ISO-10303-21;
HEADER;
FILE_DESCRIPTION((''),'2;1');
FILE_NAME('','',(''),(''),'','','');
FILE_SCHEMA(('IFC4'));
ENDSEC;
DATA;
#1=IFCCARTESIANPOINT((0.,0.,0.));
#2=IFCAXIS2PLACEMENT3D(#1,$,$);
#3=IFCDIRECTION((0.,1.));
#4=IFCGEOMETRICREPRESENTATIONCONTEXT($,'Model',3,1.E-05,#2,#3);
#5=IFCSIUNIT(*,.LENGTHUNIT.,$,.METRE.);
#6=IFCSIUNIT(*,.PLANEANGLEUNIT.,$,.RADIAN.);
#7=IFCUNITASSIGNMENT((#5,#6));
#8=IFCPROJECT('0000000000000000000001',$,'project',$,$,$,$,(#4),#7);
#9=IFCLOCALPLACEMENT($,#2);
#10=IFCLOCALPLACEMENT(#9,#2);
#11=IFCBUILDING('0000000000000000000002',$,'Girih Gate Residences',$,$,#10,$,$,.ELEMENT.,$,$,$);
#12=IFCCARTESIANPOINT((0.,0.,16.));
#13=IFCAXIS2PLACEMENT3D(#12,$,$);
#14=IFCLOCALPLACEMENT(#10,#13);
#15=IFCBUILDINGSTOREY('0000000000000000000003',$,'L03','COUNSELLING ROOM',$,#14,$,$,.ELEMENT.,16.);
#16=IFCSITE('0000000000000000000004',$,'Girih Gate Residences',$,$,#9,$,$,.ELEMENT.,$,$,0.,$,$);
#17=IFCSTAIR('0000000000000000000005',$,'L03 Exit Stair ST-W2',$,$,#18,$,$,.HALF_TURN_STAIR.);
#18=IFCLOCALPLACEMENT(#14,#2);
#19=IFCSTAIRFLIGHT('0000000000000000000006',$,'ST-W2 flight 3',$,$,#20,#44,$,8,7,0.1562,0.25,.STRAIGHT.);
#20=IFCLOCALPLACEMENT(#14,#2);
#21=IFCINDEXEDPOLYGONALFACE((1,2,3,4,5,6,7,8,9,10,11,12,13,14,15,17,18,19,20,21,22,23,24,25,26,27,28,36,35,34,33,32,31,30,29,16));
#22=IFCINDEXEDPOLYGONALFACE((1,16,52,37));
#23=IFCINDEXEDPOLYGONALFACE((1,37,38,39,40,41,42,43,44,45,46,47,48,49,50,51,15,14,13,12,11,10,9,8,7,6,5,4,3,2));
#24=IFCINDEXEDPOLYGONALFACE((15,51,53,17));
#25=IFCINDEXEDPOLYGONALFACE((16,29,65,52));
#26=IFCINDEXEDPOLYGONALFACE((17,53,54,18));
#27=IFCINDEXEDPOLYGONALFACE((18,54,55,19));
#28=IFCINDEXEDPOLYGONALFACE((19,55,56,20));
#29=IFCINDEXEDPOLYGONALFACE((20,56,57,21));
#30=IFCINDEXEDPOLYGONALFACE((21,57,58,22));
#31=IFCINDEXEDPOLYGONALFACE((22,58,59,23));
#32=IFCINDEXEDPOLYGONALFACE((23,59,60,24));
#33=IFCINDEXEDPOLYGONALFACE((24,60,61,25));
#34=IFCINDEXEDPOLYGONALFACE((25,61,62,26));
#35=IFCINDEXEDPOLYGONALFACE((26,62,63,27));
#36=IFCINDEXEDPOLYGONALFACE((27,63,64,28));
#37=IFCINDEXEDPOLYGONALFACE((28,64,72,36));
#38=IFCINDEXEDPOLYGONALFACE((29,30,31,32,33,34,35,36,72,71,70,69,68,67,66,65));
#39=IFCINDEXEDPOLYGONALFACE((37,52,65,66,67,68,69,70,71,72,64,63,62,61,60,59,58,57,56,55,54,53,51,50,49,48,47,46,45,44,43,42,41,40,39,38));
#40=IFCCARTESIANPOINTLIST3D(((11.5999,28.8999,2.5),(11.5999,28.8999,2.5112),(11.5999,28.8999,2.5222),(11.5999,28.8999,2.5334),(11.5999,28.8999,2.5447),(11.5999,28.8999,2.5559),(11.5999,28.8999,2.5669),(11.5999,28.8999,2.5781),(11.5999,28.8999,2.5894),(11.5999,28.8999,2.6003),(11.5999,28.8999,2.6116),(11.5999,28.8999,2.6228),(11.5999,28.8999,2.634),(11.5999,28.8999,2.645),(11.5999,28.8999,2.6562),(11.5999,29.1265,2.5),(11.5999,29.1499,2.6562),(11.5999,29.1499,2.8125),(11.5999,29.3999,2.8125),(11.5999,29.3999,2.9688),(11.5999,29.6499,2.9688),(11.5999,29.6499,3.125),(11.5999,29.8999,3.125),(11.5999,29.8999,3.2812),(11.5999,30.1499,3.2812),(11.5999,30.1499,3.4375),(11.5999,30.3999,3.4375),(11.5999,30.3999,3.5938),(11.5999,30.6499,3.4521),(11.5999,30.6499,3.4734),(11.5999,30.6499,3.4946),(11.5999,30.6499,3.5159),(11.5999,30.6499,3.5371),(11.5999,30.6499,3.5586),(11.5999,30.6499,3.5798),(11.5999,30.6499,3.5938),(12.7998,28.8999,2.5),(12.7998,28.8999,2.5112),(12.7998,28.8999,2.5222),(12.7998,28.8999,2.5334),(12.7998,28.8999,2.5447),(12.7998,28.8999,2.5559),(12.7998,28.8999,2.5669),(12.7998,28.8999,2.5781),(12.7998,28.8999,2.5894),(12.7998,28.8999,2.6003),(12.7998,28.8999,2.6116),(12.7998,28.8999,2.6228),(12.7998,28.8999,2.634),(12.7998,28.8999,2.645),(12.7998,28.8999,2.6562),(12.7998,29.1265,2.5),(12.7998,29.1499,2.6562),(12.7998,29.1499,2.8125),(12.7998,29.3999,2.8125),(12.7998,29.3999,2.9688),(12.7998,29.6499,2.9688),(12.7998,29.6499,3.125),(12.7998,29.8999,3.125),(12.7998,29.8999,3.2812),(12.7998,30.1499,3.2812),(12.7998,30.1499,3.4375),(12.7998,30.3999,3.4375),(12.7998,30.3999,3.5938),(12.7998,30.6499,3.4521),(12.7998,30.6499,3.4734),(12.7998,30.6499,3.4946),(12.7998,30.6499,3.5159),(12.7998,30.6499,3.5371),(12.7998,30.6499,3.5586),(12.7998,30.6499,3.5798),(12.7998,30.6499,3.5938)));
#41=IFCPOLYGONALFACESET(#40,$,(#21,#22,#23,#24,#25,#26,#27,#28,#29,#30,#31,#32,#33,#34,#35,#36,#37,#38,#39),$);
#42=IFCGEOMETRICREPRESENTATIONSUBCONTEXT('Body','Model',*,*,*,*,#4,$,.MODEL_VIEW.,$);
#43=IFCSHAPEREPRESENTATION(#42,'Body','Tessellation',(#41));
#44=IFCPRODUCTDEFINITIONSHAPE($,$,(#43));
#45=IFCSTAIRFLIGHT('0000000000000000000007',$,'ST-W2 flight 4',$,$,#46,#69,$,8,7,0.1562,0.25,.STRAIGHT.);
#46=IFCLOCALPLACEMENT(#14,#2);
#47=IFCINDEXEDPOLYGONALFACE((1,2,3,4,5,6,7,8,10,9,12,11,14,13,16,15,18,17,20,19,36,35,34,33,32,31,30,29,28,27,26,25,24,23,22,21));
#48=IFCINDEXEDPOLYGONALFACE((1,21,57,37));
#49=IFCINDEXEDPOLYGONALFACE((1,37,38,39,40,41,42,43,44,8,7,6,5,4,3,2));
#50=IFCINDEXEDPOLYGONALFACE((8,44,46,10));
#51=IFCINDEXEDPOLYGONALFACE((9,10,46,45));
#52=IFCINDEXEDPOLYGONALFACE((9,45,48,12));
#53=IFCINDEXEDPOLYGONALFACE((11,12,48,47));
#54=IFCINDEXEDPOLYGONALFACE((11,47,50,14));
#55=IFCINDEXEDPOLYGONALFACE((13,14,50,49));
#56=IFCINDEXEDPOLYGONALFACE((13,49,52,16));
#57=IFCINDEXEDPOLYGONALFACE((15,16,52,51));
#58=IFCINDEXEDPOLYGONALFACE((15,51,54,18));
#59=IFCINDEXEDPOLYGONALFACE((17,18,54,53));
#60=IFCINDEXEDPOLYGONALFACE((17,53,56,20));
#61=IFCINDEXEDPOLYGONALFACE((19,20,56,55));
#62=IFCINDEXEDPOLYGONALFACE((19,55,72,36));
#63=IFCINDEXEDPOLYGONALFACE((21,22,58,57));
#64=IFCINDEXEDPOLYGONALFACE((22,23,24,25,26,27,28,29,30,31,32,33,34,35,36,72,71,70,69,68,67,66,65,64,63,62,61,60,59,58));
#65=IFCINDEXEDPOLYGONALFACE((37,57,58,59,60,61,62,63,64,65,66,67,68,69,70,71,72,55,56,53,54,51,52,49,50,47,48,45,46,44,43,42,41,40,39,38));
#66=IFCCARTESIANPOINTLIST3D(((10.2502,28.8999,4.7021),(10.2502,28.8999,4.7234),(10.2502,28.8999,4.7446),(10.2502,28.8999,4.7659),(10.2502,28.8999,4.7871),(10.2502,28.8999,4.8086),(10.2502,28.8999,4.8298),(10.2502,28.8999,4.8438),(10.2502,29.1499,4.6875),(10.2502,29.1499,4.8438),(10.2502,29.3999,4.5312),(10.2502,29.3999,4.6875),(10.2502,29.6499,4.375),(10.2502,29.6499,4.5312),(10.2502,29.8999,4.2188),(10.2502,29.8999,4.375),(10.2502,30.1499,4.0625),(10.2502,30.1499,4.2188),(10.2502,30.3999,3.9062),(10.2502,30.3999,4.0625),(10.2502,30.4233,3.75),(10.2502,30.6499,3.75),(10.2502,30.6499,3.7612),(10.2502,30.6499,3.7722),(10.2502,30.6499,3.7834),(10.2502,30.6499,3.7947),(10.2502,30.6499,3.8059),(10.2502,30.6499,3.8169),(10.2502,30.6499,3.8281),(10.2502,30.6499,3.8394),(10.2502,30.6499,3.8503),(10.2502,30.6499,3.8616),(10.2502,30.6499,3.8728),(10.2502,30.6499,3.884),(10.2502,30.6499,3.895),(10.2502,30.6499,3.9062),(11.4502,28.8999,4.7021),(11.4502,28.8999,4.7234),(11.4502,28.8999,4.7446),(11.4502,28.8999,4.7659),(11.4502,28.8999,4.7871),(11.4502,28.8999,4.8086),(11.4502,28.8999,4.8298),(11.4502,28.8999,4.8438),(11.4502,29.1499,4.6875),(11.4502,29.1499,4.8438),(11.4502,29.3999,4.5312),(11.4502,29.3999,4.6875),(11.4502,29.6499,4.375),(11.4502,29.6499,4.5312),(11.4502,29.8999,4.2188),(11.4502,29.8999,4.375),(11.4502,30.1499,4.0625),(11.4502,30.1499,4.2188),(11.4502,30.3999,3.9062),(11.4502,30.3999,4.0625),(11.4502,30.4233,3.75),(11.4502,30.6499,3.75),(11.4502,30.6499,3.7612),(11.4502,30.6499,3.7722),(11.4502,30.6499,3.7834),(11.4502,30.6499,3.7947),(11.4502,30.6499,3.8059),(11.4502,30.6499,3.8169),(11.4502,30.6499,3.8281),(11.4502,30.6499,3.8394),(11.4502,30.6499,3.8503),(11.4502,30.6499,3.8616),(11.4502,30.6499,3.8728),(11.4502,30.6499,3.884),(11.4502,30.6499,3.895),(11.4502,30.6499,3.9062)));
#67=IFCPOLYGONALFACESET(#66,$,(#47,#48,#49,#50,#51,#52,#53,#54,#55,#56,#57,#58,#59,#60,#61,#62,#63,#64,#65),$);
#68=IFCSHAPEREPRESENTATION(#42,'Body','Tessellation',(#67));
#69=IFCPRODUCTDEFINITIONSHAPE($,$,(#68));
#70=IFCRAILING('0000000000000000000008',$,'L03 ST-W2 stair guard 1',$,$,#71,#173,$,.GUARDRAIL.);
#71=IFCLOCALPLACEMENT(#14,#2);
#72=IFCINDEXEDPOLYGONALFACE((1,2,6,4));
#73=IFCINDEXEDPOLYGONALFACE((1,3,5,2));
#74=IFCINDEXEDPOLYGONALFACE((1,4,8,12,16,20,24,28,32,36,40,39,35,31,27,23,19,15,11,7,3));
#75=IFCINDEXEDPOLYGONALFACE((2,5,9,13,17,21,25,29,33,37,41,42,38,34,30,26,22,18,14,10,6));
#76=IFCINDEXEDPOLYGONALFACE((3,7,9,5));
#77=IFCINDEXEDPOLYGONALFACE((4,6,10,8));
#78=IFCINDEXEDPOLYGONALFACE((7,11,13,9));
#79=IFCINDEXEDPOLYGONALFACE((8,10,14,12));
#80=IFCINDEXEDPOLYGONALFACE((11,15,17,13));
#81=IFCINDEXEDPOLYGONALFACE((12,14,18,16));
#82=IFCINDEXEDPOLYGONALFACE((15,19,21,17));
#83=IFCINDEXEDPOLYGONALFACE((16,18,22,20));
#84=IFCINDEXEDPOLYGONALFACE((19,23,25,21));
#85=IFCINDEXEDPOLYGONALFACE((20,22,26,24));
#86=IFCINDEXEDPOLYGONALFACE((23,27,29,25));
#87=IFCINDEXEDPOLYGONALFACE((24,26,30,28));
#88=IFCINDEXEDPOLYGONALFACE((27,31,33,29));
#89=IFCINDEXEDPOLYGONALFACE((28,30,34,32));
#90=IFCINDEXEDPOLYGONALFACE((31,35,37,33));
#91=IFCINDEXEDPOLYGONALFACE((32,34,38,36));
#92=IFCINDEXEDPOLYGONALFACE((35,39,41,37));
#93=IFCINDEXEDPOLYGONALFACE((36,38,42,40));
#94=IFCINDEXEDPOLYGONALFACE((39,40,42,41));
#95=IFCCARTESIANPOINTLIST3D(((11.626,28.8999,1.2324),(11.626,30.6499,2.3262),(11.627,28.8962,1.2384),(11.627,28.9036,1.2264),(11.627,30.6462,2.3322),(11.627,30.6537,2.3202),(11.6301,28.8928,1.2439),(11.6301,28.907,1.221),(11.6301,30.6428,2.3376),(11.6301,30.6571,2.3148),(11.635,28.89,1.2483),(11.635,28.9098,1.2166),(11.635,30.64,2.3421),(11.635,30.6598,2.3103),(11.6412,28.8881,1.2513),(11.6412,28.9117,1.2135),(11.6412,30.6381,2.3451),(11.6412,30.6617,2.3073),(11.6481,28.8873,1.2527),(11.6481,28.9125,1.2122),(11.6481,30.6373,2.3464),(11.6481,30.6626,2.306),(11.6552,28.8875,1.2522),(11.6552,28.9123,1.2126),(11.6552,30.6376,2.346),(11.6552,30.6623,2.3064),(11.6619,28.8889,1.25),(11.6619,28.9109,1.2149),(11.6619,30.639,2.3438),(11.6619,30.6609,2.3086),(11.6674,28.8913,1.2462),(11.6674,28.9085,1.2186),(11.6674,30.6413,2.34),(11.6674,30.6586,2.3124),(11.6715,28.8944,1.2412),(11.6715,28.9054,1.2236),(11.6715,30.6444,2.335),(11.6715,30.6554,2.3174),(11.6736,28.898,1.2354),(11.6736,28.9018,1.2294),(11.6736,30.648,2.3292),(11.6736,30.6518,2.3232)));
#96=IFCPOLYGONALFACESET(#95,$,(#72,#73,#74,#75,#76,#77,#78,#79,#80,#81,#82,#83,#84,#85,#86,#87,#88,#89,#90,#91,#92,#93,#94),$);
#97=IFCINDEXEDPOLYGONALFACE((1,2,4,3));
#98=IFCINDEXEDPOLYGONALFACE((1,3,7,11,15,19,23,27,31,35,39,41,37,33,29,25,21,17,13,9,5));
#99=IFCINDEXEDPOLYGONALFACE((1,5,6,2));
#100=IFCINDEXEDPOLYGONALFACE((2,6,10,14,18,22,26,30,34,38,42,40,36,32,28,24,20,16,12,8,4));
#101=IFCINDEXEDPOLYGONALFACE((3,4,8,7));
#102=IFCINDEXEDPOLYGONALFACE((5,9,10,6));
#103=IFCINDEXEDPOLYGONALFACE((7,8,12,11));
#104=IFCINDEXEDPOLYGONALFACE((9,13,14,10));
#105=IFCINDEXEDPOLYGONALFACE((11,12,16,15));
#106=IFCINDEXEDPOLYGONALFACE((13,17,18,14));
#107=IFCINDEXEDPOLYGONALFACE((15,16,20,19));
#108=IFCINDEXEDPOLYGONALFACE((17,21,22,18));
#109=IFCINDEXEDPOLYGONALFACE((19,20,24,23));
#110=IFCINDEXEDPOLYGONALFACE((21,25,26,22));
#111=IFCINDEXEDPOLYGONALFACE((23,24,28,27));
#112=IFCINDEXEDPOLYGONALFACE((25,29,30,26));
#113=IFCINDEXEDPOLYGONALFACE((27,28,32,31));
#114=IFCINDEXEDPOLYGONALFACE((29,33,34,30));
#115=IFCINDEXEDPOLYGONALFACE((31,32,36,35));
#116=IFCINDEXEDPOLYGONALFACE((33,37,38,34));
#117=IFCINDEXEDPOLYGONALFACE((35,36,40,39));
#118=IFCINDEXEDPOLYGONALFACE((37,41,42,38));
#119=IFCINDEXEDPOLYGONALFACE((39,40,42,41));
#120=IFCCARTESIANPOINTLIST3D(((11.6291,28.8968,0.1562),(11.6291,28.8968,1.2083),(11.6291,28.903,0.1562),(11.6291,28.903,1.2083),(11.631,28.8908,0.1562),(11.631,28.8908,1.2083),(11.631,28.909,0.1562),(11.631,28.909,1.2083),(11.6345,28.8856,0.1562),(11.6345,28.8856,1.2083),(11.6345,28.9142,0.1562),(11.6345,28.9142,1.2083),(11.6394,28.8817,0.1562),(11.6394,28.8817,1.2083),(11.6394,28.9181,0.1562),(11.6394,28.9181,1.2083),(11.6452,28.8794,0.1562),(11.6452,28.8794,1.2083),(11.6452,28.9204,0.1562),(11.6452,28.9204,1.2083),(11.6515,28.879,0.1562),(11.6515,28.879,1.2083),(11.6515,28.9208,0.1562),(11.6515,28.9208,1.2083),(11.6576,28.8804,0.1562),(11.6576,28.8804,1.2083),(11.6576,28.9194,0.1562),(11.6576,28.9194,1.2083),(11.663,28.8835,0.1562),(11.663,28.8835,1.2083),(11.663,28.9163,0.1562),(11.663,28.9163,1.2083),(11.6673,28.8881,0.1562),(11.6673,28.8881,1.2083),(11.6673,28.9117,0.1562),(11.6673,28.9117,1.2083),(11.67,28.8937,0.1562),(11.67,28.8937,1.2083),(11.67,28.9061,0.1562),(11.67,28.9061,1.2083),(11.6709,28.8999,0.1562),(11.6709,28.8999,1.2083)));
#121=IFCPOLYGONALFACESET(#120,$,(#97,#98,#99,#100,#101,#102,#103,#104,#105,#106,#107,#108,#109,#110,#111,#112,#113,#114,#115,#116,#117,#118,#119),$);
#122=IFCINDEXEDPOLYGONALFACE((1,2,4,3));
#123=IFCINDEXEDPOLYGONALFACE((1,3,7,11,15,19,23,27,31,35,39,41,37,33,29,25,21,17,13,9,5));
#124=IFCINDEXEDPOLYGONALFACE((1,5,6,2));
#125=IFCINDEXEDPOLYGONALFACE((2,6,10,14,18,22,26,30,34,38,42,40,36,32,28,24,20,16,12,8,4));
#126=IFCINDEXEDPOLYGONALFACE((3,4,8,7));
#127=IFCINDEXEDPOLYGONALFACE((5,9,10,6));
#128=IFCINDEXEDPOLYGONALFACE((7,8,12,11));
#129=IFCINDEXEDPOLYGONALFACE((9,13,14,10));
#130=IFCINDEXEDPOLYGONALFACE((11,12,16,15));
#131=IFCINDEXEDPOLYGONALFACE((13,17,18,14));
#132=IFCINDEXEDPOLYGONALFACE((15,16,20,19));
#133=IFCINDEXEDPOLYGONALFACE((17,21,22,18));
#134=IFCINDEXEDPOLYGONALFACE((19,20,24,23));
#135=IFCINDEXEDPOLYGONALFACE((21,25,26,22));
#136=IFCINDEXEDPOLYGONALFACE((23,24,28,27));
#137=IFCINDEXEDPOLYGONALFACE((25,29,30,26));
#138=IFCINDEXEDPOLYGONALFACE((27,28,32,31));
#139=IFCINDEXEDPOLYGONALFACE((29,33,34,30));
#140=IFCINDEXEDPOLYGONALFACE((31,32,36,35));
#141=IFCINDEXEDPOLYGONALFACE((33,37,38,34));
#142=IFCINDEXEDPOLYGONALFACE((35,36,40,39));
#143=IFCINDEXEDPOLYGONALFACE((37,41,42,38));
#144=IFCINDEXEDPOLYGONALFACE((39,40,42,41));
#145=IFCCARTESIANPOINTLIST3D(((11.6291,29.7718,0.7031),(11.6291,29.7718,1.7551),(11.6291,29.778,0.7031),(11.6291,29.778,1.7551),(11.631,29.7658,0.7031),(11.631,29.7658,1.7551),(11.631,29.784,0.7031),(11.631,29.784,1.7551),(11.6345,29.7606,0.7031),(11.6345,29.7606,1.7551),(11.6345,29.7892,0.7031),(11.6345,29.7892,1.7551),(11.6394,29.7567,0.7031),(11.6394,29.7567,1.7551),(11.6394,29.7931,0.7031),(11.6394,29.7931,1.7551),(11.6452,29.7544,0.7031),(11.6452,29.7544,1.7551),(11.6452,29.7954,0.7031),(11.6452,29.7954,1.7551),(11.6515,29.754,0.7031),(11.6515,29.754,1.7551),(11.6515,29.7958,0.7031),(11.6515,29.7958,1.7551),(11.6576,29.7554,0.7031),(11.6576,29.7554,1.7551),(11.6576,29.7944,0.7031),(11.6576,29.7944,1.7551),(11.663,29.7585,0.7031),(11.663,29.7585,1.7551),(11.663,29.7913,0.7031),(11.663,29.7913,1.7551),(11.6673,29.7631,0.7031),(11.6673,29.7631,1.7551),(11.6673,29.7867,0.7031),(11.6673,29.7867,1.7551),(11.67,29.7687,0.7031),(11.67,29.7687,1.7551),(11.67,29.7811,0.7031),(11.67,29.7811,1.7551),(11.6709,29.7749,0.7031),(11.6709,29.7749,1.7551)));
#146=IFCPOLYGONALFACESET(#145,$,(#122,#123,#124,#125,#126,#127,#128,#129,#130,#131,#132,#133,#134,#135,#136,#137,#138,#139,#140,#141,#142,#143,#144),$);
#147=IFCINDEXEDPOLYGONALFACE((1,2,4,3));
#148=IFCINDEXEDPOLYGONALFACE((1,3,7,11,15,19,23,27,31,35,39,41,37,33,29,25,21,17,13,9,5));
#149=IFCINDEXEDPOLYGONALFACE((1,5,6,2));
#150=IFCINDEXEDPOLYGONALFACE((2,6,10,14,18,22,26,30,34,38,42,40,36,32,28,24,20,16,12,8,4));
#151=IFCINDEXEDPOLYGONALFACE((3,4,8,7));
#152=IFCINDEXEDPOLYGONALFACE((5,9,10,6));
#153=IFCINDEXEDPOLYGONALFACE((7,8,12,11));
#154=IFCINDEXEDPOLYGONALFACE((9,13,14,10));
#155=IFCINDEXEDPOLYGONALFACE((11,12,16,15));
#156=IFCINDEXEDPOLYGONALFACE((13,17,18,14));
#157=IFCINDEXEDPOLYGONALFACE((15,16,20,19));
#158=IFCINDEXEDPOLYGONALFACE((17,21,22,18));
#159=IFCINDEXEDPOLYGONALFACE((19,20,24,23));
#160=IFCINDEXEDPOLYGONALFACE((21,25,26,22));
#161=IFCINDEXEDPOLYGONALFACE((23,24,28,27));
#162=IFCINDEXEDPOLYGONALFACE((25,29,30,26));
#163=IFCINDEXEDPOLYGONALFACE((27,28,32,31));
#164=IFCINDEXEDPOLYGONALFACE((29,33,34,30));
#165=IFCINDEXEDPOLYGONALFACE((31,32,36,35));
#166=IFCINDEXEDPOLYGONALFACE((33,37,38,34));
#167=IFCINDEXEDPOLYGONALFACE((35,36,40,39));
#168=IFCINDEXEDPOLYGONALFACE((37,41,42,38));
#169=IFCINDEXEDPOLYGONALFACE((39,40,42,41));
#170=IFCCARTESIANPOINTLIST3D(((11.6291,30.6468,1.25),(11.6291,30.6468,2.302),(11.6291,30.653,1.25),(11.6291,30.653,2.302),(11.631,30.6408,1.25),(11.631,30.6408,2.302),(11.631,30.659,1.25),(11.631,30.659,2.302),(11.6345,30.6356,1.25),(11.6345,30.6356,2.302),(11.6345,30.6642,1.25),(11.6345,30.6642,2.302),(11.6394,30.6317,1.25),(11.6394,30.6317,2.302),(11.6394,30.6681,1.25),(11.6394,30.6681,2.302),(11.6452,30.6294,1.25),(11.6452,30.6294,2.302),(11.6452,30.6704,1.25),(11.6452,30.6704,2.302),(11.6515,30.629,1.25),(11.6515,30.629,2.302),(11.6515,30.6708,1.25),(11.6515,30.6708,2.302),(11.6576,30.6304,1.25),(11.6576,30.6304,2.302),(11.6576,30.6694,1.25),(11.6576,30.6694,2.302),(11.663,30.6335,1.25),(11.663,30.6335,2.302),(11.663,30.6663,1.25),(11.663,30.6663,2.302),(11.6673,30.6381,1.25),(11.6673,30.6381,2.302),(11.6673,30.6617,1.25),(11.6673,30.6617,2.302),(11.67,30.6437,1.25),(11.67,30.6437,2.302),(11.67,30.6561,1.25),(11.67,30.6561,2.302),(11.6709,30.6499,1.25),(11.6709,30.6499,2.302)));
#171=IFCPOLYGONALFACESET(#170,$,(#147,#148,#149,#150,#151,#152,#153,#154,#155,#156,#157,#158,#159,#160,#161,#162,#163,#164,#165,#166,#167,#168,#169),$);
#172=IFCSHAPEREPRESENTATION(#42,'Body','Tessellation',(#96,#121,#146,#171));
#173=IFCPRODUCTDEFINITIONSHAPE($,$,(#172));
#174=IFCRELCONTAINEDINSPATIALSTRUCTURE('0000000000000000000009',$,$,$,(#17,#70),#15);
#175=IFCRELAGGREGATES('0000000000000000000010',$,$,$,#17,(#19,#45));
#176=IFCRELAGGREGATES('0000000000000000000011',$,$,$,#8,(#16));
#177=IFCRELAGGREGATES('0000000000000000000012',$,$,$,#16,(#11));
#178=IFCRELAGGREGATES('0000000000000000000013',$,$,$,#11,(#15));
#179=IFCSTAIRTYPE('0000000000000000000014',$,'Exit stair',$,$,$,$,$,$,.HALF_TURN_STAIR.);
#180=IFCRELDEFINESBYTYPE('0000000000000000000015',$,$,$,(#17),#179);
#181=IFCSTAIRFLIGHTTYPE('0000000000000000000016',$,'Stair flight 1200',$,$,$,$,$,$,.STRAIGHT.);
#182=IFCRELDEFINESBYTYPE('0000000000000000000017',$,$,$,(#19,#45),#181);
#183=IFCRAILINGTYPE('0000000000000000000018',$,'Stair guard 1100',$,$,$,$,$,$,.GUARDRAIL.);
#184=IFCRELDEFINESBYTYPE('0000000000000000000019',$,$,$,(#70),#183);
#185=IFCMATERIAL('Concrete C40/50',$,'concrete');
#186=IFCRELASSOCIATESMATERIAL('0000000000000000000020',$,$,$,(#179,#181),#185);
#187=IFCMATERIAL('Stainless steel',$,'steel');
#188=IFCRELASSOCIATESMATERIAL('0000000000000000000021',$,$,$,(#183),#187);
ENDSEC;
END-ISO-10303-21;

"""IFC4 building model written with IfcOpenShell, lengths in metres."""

from ifc_helpers import new_model, si_unit, direction, frame, origin, origin_2d, place, context, subcontext, project, spatial, polyline, circle, outline, extrude, material, type_object, element, aggregate, save


model = new_model("IFC4")

# Units and contexts
model_context = context("Model", 3, precision=1e-05, world=origin(), true_north=direction((0.0, 1.0)))
body_context = subcontext(model_context, "Body", "Model", "MODEL_VIEW")
ifc_project = project(units=[si_unit("LENGTHUNIT", "METRE"), si_unit("PLANEANGLEUNIT", "RADIAN")], contexts=[model_context])

# Site, building, storey
site_placement = place(None, origin())
site = spatial("IfcSite", under=ifc_project, at=site_placement, Name="Girih Gate Residences", CompositionType="ELEMENT", RefElevation=0.0)
building_placement = place(site_placement, origin())
building = spatial("IfcBuilding", under=site, at=building_placement, Name="Girih Gate Residences", CompositionType="ELEMENT")
storey_placement = place(building_placement, frame((0.0, 0.0, 16.0)))
storey = spatial("IfcBuildingStorey", under=building, at=storey_placement, Name="L03", Description="COUNSELLING ROOM", CompositionType="ELEMENT", Elevation=16.0)

# Stair, stair flights
ifc_material_1 = material(Name="Concrete C40/50", Category="concrete")
stair_type = type_object("IfcStairType", Name="Exit stair", PredefinedType="HALF_TURN_STAIR", material=ifc_material_1)
stair_placement = place(storey_placement, origin())
stair = element("IfcStair", 1, at=stair_placement, inside=storey, type_object=stair_type, Name="L03 Exit Stair ST-W2", PredefinedType="HALF_TURN_STAIR")
stair_flight_type = type_object("IfcStairFlightType", Name="Stair flight 1200", PredefinedType="STRAIGHT", material=ifc_material_1)
stair_flight_1_placement = place(storey_placement, frame((12.2, 28.8999, 2.5), z_axis=(0.0, 0.0, 1.0), x_axis=(0.0, 1.0, 0.0)))
stair_flight_1 = element("IfcStairFlight", 2, at=stair_flight_1_placement, type_object=stair_flight_type, Name="ST-W2 flight 3", NumberOfRisers=8, NumberOfTreads=7, PredefinedType="STRAIGHT", RiserHeight=0.1562, TreadLength=0.25, context=body_context, shape_type="SweptSolid", body=[
    extrude(outline(polyline([(0.0, 0.0), (0.0, 0.0112), (0.0, 0.0222), (0.0, 0.0334), (0.0, 0.0447), (0.0, 0.0559), (0.0, 0.0669), (0.0, 0.0781), (0.0, 0.0894), (0.0, 0.1003), (0.0, 0.1116), (0.0, 0.1228), (0.0, 0.134), (0.0, 0.145), (0.0, 0.1562), (0.25, 0.1562), (0.25, 0.3125), (0.5, 0.3125), (0.5, 0.4688), (0.75, 0.4688), (0.75, 0.625), (1.0, 0.625), (1.0, 0.7812), (1.25, 0.7812), (1.25, 0.9375), (1.5, 0.9375), (1.5, 1.0938), (1.75, 1.0938), (1.75, 1.105), (1.75, 1.116), (1.75, 1.1272), (1.75, 1.1384), (1.75, 1.1497), (1.75, 1.1606), (1.75, 1.1719), (1.75, 1.1831), (1.75, 1.1941), (1.75, 1.2053), (1.75, 1.2166), (1.75, 1.2278), (1.75, 1.2388), (1.75, 1.25), (1.75, 1.2288), (1.75, 1.2075), (1.75, 1.1863), (1.75, 1.1648), (1.75, 1.1436), (1.75, 1.1223), (1.75, 1.1011), (1.75, 1.0798), (1.75, 1.0586), (1.75, 1.0371), (1.75, 1.0159), (1.75, 0.9946), (1.75, 0.9734), (1.75, 0.9521), (0.2266, 0.0), (0.0, 0.0)])), frame((0.0, 0.6001, 0.0), z_axis=(0.0, -1.0, 0.0), x_axis=(1.0, 0.0, 0.0)), (0.0, 0.0, 1.0), 1.2),
])
stair_flight_2_placement = place(storey_placement, frame((10.8501, 30.6499, 3.75), z_axis=(0.0, 0.0, 1.0), x_axis=(0.0, -1.0, 0.0)))
stair_flight_2 = element("IfcStairFlight", 3, at=stair_flight_2_placement, type_object=stair_flight_type, Name="ST-W2 flight 4", NumberOfRisers=8, NumberOfTreads=7, PredefinedType="STRAIGHT", RiserHeight=0.1562, TreadLength=0.25, context=body_context, shape_type="SweptSolid", body=[
    extrude(outline(polyline([(0.0, 0.0), (0.0, 0.0112), (0.0, 0.0222), (0.0, 0.0334), (0.0, 0.0447), (0.0, 0.0559), (0.0, 0.0669), (0.0, 0.0781), (0.0, 0.0894), (0.0, 0.1003), (0.0, 0.1116), (0.0, 0.1228), (0.0, 0.134), (0.0, 0.145), (0.0, 0.1562), (0.25, 0.1562), (0.25, 0.3125), (0.5, 0.3125), (0.5, 0.4688), (0.75, 0.4688), (0.75, 0.625), (1.0, 0.625), (1.0, 0.7812), (1.25, 0.7812), (1.25, 0.9375), (1.5, 0.9375), (1.5, 1.0938), (1.75, 1.0938), (1.75, 1.105), (1.75, 1.116), (1.75, 1.1272), (1.75, 1.1384), (1.75, 1.1497), (1.75, 1.1606), (1.75, 1.1719), (1.75, 1.1831), (1.75, 1.1941), (1.75, 1.2053), (1.75, 1.2166), (1.75, 1.2278), (1.75, 1.2388), (1.75, 1.25), (1.75, 1.2288), (1.75, 1.2075), (1.75, 1.1863), (1.75, 1.1648), (1.75, 1.1436), (1.75, 1.1223), (1.75, 1.1011), (1.75, 1.0798), (1.75, 1.0586), (1.75, 1.0371), (1.75, 1.0159), (1.75, 0.9946), (1.75, 0.9734), (1.75, 0.9521), (0.2266, 0.0), (0.0, 0.0)])), frame((0.0, 0.6001, 0.0), z_axis=(0.0, -1.0, 0.0), x_axis=(1.0, 0.0, 0.0)), (0.0, 0.0, 1.0), 1.2),
])
aggregate(stair, [stair_flight_1, stair_flight_2])

# Railing
ifc_material_2 = material(Name="Stainless steel", Category="steel")
railing_type_1 = type_object("IfcRailingType", Name="Stair guard 1100", PredefinedType="GUARDRAIL", material=ifc_material_2)
railing_1_placement = place(storey_placement, frame((11.6499, 28.8999, 0.1562)))
element("IfcRailing", 4, at=railing_1_placement, inside=storey, type_object=railing_type_1, Name="L03 ST-W2 stair guard 1", PredefinedType="GUARDRAIL", context=body_context, shape_type="SweptSolid", body=[
    extrude(circle(Radius=0.0239, at=origin_2d()), frame((0.0, 0.0, 1.0762), z_axis=(0.0, 0.847998, 0.529999), x_axis=(-1.0, 0.0, 0.0)), (0.0, 0.0, 1.0), 2.0637),
    extrude(circle(Radius=0.021, at=origin_2d()), origin(), (0.0, 0.0, 1.0), 1.052),
    extrude(circle(Radius=0.021, at=origin_2d()), frame((0.0, 0.875, 0.5469)), (0.0, 0.0, 1.0), 1.052),
    extrude(circle(Radius=0.021, at=origin_2d()), frame((0.0, 1.75, 1.0938)), (0.0, 0.0, 1.0), 1.052),
])

save(model, "model.ifc")
